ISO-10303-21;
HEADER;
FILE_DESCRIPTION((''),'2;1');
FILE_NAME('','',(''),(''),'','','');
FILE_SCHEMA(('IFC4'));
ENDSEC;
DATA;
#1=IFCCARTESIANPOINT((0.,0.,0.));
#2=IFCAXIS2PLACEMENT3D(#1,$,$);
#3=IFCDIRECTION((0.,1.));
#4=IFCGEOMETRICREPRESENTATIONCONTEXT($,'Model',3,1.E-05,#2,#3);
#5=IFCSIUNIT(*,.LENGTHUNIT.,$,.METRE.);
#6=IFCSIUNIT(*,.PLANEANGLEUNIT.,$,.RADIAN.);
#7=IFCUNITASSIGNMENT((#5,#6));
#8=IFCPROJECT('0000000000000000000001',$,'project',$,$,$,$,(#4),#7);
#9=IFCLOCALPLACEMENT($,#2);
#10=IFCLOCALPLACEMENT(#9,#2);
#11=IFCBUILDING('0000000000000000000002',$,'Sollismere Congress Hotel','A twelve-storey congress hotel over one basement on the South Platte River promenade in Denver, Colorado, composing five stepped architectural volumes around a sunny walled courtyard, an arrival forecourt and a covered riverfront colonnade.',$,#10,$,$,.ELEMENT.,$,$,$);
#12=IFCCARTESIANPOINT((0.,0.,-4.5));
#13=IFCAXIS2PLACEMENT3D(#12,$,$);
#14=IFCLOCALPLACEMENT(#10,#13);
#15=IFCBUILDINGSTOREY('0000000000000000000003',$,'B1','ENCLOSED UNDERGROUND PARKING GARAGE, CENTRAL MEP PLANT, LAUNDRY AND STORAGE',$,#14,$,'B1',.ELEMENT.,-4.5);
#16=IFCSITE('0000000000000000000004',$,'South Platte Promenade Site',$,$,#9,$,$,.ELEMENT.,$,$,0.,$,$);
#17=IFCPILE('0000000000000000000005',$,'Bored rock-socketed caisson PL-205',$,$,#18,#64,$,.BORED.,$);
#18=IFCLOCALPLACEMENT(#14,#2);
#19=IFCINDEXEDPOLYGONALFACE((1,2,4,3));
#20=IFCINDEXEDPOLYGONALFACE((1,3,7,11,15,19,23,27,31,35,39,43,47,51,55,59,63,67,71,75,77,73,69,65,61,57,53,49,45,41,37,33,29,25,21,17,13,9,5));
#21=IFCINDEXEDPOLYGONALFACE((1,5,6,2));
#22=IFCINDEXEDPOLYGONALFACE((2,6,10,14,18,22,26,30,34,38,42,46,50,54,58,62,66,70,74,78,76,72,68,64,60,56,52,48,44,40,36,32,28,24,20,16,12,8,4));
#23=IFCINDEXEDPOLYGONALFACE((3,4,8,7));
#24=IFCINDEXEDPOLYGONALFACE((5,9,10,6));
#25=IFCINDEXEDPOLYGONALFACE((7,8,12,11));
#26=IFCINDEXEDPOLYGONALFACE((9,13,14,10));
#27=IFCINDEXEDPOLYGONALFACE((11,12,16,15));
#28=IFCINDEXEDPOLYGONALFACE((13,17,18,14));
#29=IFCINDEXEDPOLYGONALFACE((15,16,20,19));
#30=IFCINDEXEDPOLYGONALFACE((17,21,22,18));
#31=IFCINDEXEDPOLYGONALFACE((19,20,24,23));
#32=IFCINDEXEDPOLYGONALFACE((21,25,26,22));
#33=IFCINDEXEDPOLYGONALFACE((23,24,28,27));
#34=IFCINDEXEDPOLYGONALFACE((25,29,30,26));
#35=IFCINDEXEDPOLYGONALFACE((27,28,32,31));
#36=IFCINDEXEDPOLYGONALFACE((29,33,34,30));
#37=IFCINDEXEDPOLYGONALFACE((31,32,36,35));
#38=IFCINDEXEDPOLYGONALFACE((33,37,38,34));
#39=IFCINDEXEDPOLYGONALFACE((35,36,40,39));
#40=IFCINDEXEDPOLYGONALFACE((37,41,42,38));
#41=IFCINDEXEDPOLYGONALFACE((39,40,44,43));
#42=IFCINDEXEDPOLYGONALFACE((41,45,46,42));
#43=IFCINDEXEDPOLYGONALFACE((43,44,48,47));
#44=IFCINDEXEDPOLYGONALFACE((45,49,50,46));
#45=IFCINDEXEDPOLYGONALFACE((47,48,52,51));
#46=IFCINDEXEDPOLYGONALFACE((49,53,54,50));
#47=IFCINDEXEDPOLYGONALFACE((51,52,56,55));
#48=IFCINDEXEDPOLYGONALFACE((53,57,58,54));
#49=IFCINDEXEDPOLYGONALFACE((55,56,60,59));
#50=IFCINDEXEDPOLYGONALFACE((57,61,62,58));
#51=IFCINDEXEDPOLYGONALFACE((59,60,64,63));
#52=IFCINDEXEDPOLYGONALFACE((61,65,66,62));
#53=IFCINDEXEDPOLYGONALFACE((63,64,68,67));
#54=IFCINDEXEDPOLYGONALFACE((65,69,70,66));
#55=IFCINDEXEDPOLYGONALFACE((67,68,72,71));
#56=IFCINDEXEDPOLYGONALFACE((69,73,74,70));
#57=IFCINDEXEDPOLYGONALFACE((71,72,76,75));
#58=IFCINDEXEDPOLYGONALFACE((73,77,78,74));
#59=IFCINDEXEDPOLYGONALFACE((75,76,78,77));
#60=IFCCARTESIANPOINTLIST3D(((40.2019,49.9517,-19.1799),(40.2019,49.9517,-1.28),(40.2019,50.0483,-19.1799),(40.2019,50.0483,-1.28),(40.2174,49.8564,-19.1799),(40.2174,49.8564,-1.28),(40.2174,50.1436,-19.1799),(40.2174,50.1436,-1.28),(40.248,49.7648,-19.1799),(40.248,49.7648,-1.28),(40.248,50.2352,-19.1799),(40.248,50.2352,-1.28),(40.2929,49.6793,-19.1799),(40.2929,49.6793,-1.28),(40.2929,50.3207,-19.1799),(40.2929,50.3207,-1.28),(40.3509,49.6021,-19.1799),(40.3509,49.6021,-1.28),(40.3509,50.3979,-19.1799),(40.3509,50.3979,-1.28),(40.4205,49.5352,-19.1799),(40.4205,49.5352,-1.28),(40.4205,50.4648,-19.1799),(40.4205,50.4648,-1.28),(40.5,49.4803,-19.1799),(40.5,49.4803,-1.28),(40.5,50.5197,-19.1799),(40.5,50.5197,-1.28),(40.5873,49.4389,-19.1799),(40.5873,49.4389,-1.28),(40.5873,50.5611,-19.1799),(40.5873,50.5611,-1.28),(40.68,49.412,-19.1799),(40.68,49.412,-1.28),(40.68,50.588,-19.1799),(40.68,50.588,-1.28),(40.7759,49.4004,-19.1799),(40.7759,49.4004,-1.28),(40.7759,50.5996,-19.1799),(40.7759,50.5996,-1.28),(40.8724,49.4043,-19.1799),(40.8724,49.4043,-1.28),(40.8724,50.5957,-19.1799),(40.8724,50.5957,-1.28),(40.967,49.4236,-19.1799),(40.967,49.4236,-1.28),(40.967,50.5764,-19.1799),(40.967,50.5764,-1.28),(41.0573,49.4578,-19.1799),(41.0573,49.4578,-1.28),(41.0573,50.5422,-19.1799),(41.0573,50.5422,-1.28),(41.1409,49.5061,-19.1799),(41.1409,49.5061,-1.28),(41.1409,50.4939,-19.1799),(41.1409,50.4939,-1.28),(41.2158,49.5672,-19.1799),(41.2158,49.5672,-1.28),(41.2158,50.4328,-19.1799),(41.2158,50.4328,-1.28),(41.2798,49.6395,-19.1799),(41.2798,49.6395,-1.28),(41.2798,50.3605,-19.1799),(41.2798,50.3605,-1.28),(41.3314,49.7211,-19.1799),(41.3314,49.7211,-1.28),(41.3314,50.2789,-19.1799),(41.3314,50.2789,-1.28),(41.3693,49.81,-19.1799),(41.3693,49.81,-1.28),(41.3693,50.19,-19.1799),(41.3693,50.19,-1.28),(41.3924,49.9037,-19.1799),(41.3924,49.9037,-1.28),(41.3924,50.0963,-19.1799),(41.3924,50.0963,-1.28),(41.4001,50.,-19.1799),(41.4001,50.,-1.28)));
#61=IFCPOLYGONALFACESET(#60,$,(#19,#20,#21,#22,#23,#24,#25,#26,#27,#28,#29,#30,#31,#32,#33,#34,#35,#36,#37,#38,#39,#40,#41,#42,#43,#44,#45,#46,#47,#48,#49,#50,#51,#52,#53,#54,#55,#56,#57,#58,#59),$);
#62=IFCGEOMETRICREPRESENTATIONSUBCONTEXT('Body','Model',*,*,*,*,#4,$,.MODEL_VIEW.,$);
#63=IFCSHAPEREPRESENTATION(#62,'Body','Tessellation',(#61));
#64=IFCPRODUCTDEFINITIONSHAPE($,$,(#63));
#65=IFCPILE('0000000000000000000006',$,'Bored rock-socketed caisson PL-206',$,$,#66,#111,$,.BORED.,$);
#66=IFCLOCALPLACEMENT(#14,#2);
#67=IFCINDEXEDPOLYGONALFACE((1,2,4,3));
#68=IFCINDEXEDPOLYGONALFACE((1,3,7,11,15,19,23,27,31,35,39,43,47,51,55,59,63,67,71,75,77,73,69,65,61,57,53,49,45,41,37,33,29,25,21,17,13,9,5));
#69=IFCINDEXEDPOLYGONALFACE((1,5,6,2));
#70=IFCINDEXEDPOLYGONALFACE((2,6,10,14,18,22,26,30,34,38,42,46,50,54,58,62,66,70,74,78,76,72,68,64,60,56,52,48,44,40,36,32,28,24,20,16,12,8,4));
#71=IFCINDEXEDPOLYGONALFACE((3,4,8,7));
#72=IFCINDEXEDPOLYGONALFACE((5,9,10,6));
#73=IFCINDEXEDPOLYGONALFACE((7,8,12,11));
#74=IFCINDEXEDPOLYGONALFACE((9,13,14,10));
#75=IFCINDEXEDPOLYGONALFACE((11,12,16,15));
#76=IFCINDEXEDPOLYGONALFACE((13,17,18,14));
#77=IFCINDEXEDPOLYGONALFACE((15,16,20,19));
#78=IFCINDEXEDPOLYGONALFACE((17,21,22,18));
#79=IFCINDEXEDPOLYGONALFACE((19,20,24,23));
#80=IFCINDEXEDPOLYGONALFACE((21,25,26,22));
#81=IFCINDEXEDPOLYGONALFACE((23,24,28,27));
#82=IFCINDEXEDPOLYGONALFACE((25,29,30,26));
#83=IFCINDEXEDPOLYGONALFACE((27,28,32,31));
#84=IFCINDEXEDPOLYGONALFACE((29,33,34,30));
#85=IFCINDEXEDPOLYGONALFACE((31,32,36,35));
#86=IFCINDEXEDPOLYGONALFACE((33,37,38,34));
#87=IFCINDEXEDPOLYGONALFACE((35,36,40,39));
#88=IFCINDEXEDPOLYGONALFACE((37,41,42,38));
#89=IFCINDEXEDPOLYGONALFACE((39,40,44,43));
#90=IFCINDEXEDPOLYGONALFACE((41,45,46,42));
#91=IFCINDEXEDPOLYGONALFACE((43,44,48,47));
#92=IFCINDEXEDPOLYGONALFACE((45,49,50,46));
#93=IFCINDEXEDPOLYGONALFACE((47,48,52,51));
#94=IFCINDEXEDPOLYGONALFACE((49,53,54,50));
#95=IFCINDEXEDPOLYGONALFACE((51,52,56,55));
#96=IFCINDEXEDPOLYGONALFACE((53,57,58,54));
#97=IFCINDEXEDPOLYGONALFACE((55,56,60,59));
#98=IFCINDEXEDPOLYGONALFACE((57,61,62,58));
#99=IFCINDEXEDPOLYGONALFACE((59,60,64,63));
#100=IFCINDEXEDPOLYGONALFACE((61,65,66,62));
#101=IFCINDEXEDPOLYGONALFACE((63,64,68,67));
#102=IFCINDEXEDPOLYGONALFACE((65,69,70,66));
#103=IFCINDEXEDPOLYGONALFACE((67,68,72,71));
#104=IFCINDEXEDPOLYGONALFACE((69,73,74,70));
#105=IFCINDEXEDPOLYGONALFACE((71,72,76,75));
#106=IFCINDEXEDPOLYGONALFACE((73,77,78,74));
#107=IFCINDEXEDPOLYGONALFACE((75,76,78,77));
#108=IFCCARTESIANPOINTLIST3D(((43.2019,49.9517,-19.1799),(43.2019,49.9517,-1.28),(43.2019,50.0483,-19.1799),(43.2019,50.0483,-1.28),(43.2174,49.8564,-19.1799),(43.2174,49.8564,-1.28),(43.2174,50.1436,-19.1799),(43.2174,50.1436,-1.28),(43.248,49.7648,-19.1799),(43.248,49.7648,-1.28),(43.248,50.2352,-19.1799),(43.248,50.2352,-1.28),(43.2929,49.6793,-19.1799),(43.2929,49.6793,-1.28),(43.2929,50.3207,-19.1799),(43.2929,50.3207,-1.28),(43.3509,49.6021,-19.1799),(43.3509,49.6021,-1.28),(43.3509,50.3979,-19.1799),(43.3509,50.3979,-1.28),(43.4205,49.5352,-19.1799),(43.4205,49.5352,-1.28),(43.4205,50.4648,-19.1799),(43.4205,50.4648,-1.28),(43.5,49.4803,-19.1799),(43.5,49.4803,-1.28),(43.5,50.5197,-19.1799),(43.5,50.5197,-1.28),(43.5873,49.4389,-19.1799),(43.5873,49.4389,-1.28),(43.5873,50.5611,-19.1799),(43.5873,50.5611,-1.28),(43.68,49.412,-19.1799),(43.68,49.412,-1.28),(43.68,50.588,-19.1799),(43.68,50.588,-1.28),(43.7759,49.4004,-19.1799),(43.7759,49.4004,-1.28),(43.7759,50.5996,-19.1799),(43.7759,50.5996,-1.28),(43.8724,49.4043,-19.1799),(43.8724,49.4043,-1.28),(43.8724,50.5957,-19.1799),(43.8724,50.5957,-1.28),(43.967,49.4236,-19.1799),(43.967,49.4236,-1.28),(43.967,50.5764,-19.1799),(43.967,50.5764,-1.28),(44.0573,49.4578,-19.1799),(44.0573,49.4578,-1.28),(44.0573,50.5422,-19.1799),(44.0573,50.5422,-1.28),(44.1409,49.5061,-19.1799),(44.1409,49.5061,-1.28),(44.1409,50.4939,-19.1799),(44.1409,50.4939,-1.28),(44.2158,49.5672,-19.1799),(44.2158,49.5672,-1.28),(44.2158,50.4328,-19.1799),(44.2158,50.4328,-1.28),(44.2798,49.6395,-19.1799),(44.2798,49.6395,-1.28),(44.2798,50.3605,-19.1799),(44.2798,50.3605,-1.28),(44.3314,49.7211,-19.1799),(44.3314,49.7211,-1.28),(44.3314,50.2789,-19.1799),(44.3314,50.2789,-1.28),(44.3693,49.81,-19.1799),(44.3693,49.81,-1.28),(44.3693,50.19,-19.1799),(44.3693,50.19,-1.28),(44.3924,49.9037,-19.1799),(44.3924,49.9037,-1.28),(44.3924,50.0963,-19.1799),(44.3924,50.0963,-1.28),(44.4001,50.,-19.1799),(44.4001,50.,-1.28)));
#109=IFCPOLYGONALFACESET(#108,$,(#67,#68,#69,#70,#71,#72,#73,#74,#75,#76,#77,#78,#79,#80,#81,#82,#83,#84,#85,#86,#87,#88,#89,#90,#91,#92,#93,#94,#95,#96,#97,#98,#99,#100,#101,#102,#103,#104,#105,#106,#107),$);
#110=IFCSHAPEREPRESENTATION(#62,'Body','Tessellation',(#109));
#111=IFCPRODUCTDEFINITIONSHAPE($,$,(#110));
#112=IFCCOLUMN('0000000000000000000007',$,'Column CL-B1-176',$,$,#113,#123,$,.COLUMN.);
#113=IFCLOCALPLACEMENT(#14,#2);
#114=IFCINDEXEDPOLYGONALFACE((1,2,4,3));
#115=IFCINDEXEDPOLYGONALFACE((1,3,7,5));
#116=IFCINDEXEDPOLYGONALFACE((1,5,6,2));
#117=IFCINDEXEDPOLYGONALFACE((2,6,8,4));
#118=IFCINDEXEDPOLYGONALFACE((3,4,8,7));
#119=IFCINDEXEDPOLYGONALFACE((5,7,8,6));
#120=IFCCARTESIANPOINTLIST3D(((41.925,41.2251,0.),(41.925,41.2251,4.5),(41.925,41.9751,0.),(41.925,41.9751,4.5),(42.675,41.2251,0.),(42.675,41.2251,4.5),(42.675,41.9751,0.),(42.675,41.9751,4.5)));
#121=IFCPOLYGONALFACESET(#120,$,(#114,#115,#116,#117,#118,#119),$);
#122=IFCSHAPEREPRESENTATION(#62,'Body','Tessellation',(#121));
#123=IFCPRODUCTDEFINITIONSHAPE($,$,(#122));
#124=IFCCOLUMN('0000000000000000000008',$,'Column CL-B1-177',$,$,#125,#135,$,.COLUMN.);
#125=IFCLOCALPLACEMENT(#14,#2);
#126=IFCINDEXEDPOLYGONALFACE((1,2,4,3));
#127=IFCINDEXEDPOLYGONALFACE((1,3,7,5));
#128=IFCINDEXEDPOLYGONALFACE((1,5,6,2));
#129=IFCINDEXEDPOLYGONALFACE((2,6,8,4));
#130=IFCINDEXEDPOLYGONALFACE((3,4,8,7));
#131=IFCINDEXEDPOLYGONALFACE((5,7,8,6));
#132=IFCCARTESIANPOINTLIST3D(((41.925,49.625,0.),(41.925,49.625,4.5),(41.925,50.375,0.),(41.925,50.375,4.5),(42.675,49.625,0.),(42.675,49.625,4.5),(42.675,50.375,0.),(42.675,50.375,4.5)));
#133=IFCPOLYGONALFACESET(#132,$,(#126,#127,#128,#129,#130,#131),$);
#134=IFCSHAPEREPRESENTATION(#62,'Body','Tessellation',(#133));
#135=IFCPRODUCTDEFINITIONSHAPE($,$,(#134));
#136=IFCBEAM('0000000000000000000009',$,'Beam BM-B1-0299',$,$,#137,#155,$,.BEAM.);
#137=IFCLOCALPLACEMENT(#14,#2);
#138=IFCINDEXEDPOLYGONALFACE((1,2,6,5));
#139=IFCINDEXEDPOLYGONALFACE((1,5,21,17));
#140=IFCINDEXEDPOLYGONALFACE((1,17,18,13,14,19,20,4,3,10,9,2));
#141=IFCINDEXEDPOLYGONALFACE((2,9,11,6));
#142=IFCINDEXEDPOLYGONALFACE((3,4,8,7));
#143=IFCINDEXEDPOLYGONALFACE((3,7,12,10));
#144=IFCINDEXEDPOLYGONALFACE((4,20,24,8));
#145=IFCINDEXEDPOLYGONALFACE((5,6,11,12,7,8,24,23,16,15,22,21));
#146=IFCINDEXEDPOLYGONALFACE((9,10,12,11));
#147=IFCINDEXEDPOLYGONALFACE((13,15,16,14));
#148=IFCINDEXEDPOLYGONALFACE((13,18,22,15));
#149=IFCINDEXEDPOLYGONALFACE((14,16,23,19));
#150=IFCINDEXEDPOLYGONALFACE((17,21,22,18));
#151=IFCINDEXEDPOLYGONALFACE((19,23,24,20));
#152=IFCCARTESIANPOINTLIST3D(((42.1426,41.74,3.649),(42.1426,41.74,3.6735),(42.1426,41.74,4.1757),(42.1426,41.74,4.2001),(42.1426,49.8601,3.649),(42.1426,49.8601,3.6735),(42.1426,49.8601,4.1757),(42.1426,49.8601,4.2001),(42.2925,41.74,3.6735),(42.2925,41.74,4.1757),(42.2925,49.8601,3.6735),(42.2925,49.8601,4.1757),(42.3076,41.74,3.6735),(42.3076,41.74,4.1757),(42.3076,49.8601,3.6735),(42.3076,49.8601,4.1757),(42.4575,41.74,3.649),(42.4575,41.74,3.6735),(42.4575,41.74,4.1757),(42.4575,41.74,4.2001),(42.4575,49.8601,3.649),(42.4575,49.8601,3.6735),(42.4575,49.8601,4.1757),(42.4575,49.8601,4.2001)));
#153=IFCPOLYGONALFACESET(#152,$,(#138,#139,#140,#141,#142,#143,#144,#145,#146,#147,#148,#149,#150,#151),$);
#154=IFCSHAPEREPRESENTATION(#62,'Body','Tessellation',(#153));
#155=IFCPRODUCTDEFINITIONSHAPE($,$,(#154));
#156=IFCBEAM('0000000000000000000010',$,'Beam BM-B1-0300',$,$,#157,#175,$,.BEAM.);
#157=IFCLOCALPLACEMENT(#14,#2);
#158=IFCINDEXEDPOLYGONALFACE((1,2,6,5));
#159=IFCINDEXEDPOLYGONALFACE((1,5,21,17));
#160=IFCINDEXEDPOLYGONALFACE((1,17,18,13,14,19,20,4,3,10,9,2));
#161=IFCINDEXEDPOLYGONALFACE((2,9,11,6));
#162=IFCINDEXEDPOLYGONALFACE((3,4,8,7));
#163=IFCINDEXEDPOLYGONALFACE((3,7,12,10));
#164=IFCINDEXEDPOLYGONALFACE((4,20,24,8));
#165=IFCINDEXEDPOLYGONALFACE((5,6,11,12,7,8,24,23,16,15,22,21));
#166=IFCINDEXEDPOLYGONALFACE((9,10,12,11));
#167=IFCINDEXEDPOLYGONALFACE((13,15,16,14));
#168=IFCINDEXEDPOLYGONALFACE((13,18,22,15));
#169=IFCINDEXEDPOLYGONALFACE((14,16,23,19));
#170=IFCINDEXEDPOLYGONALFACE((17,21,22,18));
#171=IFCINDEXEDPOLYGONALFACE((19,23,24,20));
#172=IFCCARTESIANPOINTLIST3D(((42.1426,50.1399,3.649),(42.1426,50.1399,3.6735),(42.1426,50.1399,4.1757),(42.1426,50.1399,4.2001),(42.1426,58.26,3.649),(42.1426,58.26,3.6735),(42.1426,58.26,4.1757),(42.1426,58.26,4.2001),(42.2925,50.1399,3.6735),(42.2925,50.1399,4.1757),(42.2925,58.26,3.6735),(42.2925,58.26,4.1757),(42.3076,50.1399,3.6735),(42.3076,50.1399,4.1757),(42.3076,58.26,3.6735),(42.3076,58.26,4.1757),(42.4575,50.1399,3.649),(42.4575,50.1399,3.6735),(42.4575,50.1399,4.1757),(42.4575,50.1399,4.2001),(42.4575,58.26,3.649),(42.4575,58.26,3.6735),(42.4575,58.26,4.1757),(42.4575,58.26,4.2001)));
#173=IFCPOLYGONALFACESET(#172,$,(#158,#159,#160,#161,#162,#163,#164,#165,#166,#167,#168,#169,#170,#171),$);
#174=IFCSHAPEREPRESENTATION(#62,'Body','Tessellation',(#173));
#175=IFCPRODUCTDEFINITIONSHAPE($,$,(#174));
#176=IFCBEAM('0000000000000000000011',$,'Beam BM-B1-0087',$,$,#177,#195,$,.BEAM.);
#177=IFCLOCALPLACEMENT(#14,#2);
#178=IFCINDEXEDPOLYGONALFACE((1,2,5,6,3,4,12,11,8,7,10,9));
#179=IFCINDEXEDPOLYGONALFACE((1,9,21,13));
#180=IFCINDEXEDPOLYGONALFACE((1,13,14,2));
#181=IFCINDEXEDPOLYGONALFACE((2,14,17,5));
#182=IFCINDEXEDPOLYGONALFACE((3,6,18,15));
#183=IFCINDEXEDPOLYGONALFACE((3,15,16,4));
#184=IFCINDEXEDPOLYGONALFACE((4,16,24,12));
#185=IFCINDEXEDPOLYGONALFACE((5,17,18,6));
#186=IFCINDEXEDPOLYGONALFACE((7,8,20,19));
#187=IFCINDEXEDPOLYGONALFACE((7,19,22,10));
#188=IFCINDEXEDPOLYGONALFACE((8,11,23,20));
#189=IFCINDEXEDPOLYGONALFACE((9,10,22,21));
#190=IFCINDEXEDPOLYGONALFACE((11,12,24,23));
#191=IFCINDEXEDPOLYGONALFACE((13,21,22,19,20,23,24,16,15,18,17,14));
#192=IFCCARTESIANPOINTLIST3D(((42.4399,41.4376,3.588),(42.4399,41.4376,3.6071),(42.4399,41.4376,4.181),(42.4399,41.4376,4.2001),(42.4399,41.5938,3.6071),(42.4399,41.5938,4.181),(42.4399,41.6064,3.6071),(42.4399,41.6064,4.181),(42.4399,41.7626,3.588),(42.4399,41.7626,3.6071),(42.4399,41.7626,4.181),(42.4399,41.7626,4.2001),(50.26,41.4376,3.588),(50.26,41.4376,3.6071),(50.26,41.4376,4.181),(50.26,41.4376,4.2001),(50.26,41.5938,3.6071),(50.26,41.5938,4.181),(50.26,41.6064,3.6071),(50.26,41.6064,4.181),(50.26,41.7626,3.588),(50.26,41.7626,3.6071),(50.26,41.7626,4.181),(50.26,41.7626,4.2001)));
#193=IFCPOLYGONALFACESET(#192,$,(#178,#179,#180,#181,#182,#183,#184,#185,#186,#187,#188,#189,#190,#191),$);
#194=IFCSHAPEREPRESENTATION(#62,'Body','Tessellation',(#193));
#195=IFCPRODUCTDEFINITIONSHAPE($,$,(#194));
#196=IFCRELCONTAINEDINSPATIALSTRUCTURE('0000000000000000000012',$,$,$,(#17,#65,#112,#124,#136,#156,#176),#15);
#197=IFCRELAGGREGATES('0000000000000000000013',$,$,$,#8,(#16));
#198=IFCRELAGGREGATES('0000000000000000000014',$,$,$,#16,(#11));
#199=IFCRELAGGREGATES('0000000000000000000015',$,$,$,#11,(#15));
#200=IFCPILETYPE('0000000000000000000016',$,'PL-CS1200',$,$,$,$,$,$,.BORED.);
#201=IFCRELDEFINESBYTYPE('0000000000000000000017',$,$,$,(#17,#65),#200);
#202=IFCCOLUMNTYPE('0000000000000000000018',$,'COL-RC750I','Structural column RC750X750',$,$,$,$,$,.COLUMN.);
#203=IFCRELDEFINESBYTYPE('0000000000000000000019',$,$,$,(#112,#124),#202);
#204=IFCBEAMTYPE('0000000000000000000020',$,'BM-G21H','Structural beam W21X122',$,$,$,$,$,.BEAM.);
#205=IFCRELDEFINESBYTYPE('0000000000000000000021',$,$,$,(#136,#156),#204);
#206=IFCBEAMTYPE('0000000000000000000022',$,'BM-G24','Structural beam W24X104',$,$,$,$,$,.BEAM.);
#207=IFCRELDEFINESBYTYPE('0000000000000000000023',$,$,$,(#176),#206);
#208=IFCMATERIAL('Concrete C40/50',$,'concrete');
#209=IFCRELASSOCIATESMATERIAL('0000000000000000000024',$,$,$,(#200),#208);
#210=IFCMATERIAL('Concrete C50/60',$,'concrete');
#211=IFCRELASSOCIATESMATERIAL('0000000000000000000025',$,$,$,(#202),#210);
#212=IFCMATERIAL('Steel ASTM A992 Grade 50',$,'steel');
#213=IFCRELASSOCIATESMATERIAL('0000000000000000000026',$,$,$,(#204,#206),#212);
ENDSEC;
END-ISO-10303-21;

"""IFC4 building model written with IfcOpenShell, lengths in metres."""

from ifc_helpers import new_model, si_unit, direction, frame, origin, origin_2d, place, context, subcontext, project, spatial, rectangle, circle, i_section, extrude, material, material_profile, profile_set, type_object, element, save


model = new_model("IFC4")

# Units and contexts
model_context = context("Model", 3, precision=1e-05, world=origin(), true_north=direction((0.0, 1.0)))
body_context = subcontext(model_context, "Body", "Model", "MODEL_VIEW")
ifc_project = project(units=[si_unit("LENGTHUNIT", "METRE"), si_unit("PLANEANGLEUNIT", "RADIAN")], contexts=[model_context])

# Site, building, storey
site_placement = place(None, origin())
site = spatial("IfcSite", under=ifc_project, at=site_placement, Name="South Platte Promenade Site", CompositionType="ELEMENT", RefElevation=0.0)
building_placement = place(site_placement, origin())
building = spatial("IfcBuilding", under=site, at=building_placement, Name="Sollismere Congress Hotel", Description="A twelve-storey congress hotel over one basement on the South Platte River promenade in Denver, Colorado, composing five stepped architectural volumes around a sunny walled courtyard, an arrival forecourt and a covered riverfront colonnade.", CompositionType="ELEMENT")
storey_placement = place(building_placement, frame((0.0, 0.0, -4.5)))
storey = spatial("IfcBuildingStorey", under=building, at=storey_placement, Name="B1", Description="ENCLOSED UNDERGROUND PARKING GARAGE, CENTRAL MEP PLANT, LAUNDRY AND STORAGE", LongName="B1", CompositionType="ELEMENT", Elevation=-4.5)

# Shared definitions
ifc_material_1 = material(Name="Concrete C40/50", Category="concrete")

# Piles
ifc_material_profile_1 = material_profile(ifc_material_1, circle(Radius=0.6001, at=origin_2d()), Name="CAISSON1200")
ifc_profile_set_1 = profile_set([ifc_material_profile_1], Name="Concrete C40/50")
pile_type = type_object("IfcPileType", Name="PL-CS1200", PredefinedType="BORED", material=ifc_profile_set_1)
for number, where, z_axis, x_axis, name in (
    (1, (40.8, 50.0, -1.28), (0.0, 0.0, -1.0), (1.0, 0.0, 0.0), "Bored rock-socketed caisson PL-205"),
    (2, (43.8, 50.0, -1.28), (0.0, 0.0, -1.0), (1.0, 0.0, 0.0), "Bored rock-socketed caisson PL-206"),
):
    element("IfcPile", number, at=place(storey_placement, frame(where, z_axis=z_axis, x_axis=x_axis)), inside=storey, type_object=pile_type, Name=name, PredefinedType="BORED", context=body_context, shape_type="SweptSolid", body=[
        extrude(circle(Radius=0.6001, at=origin_2d()), origin(), (0.0, 0.0, 1.0), 17.8999),
    ])

# Columns
ifc_material_2 = material(Name="Concrete C50/60", Category="concrete")
ifc_material_profile_2 = material_profile(ifc_material_2, rectangle(XDim=0.75, YDim=0.75, at=origin_2d()), Name="RC750X750")
ifc_profile_set_2 = profile_set([ifc_material_profile_2], Name="Concrete C50/60")
column_type = type_object("IfcColumnType", Name="COL-RC750I", Description="Structural column RC750X750", PredefinedType="COLUMN", material=ifc_profile_set_2)
for number, where, z_axis, x_axis, name in (
    (3, (42.3, 41.6001, 0.0), (0.0, 0.0, 1.0), (1.0, 0.0, 0.0), "Column CL-B1-176"),
    (4, (42.3, 50.0, 0.0), (0.0, 0.0, 1.0), (1.0, 0.0, 0.0), "Column CL-B1-177"),
):
    element("IfcColumn", number, at=place(storey_placement, frame(where, z_axis=z_axis, x_axis=x_axis)), inside=storey, type_object=column_type, Name=name, PredefinedType="COLUMN", context=body_context, shape_type="SweptSolid", body=[
        extrude(rectangle(XDim=0.75, YDim=0.75, at=origin_2d()), origin(), (0.0, 0.0, 1.0), 4.5),
    ])

# Beams
ifc_material_3 = material(Name="Steel ASTM A992 Grade 50", Category="steel")
ifc_material_profile_3 = material_profile(ifc_material_3, i_section(OverallWidth=0.3149, OverallDepth=0.551, WebThickness=0.0151, FlangeThickness=0.0244, at=origin_2d()), Name="W21X122")
ifc_profile_set_3 = profile_set([ifc_material_profile_3], Name="Steel ASTM A992 Grade 50")
beam_type_1 = type_object("IfcBeamType", Name="BM-G21H", Description="Structural beam W21X122", PredefinedType="BEAM", material=ifc_profile_set_3)
for number, where, z_axis, x_axis, name in (
    (5, (42.3, 41.74, 3.9246), (0.0, 1.0, 0.0), (-1.0, 0.0, 0.0), "Beam BM-B1-0299"),
    (6, (42.3, 50.1399, 3.9246), (0.0, 1.0, 0.0), (-1.0, 0.0, 0.0), "Beam BM-B1-0300"),
):
    element("IfcBeam", number, at=place(storey_placement, frame(where, z_axis=z_axis, x_axis=x_axis)), inside=storey, type_object=beam_type_1, Name=name, PredefinedType="BEAM", context=body_context, shape_type="SweptSolid", body=[
        extrude(i_section(OverallWidth=0.3149, OverallDepth=0.551, WebThickness=0.0151, FlangeThickness=0.0244, at=origin_2d()), origin(), (0.0, 0.0, 1.0), 8.1201),
    ])
ifc_material_profile_4 = material_profile(ifc_material_3, i_section(OverallWidth=0.325, OverallDepth=0.6121, WebThickness=0.0127, FlangeThickness=0.019, at=origin_2d()), Name="W24X104")
ifc_profile_set_4 = profile_set([ifc_material_profile_4], Name="Steel ASTM A992 Grade 50")
beam_type_2 = type_object("IfcBeamType", Name="BM-G24", Description="Structural beam W24X104", PredefinedType="BEAM", material=ifc_profile_set_4)
for number, where, z_axis, x_axis, name in (
    (7, (42.4399, 41.6001, 3.894), (1.0, 0.0, 0.0), (0.0, 1.0, 0.0), "Beam BM-B1-0087"),
):
    element("IfcBeam", number, at=place(storey_placement, frame(where, z_axis=z_axis, x_axis=x_axis)), inside=storey, type_object=beam_type_2, Name=name, PredefinedType="BEAM", context=body_context, shape_type="SweptSolid", body=[
        extrude(i_section(OverallWidth=0.325, OverallDepth=0.6121, WebThickness=0.0127, FlangeThickness=0.019, at=origin_2d()), origin(), (0.0, 0.0, 1.0), 7.8201),
    ])

save(model, "model.ifc")
